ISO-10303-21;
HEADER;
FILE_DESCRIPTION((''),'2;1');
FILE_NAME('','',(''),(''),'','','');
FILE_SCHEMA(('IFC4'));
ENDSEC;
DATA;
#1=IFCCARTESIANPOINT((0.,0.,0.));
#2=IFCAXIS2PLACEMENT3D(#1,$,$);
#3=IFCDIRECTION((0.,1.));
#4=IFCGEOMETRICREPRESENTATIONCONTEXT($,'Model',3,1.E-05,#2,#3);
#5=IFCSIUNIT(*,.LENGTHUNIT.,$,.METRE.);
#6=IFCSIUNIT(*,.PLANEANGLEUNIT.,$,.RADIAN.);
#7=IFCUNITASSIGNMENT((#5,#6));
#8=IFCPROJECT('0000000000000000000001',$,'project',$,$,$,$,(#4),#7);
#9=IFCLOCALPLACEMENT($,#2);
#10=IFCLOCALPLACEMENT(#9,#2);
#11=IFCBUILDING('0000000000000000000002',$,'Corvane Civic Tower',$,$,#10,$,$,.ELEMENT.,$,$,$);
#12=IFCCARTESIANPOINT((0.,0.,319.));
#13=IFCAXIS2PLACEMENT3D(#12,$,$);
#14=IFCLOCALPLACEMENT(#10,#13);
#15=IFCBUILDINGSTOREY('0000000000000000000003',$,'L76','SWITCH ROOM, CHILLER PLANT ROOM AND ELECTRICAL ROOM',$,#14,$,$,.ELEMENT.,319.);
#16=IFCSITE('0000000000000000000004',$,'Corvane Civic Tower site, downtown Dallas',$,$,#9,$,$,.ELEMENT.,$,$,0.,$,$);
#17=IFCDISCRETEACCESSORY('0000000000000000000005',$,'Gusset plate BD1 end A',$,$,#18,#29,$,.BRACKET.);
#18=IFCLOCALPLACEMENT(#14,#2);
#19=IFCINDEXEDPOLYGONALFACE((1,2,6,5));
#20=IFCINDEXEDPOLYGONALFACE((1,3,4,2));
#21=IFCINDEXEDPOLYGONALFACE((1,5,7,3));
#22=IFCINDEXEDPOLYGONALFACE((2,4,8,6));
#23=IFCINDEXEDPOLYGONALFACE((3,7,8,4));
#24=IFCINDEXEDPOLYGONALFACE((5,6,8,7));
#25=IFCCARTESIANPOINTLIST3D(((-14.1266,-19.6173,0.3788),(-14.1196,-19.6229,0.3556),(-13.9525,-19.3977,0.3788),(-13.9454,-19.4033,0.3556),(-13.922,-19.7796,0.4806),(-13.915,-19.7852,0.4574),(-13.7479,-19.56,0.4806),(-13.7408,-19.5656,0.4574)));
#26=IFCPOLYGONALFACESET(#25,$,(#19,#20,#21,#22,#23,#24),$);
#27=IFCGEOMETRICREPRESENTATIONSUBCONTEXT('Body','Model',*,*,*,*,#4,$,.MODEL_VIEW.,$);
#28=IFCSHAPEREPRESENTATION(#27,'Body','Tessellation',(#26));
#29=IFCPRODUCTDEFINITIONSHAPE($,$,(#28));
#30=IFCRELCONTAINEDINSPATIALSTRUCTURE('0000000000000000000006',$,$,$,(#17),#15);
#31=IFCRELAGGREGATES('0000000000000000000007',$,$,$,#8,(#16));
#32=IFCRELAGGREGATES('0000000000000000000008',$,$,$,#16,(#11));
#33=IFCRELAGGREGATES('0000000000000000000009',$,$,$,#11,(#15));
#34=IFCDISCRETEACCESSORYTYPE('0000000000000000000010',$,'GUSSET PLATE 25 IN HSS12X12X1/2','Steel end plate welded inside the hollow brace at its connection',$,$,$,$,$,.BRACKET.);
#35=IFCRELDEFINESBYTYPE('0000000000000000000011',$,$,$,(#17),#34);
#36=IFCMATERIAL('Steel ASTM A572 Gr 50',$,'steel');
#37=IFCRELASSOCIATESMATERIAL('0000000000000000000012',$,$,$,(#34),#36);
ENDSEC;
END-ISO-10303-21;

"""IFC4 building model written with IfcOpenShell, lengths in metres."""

from ifc_helpers import new_model, si_unit, direction, frame, origin, origin_2d, place, context, subcontext, project, spatial, rectangle, extrude, material, material_profile, profile_set, type_object, element, save


model = new_model("IFC4")

# Units and contexts
model_context = context("Model", 3, precision=1e-05, world=origin(), true_north=direction((0.0, 1.0)))
body_context = subcontext(model_context, "Body", "Model", "MODEL_VIEW")
ifc_project = project(units=[si_unit("LENGTHUNIT", "METRE"), si_unit("PLANEANGLEUNIT", "RADIAN")], contexts=[model_context])

# Site, building, storey
site_placement = place(None, origin())
site = spatial("IfcSite", under=ifc_project, at=site_placement, Name="Corvane Civic Tower site, downtown Dallas", CompositionType="ELEMENT", RefElevation=0.0)
building_placement = place(site_placement, origin())
building = spatial("IfcBuilding", under=site, at=building_placement, Name="Corvane Civic Tower", CompositionType="ELEMENT")
storey_placement = place(building_placement, frame((0.0, 0.0, 319.0)))
storey = spatial("IfcBuildingStorey", under=building, at=storey_placement, Name="L76", Description="SWITCH ROOM, CHILLER PLANT ROOM AND ELECTRICAL ROOM", CompositionType="ELEMENT", Elevation=319.0)

# Discrete accessory
ifc_material_1 = material(Name="Steel ASTM A572 Gr 50", Category="steel")
ifc_material_profile_1 = material_profile(ifc_material_1, rectangle(XDim=0.2803, YDim=0.2803, at=origin_2d()), Name="GUSSET PLATE 25 IN HSS12X12X1/2")
ifc_profile_set_1 = profile_set([ifc_material_profile_1], Name="Steel ASTM A572 Gr 50")
discrete_accessory_type = type_object("IfcDiscreteAccessoryType", Name="GUSSET PLATE 25 IN HSS12X12X1/2", Description="Steel end plate welded inside the hollow brace at its connection", PredefinedType="BRACKET", material=ifc_profile_set_1)
discrete_accessory_1_placement = place(storey_placement, frame((-13.9302, -19.5942, 0.4065), z_axis=(-0.284437, 0.225588, 0.931776), x_axis=(-0.621395, -0.783498, 0.0)))
element("IfcDiscreteAccessory", 1, at=discrete_accessory_1_placement, inside=storey, type_object=discrete_accessory_type, Name="Gusset plate BD1 end A", PredefinedType="BRACKET", context=body_context, shape_type="SweptSolid", body=[
    extrude(rectangle(XDim=0.2803, YDim=0.2803, at=origin_2d()), origin(), (0.0, 0.0, 1.0), 0.0249),
])

save(model, "model.ifc")
